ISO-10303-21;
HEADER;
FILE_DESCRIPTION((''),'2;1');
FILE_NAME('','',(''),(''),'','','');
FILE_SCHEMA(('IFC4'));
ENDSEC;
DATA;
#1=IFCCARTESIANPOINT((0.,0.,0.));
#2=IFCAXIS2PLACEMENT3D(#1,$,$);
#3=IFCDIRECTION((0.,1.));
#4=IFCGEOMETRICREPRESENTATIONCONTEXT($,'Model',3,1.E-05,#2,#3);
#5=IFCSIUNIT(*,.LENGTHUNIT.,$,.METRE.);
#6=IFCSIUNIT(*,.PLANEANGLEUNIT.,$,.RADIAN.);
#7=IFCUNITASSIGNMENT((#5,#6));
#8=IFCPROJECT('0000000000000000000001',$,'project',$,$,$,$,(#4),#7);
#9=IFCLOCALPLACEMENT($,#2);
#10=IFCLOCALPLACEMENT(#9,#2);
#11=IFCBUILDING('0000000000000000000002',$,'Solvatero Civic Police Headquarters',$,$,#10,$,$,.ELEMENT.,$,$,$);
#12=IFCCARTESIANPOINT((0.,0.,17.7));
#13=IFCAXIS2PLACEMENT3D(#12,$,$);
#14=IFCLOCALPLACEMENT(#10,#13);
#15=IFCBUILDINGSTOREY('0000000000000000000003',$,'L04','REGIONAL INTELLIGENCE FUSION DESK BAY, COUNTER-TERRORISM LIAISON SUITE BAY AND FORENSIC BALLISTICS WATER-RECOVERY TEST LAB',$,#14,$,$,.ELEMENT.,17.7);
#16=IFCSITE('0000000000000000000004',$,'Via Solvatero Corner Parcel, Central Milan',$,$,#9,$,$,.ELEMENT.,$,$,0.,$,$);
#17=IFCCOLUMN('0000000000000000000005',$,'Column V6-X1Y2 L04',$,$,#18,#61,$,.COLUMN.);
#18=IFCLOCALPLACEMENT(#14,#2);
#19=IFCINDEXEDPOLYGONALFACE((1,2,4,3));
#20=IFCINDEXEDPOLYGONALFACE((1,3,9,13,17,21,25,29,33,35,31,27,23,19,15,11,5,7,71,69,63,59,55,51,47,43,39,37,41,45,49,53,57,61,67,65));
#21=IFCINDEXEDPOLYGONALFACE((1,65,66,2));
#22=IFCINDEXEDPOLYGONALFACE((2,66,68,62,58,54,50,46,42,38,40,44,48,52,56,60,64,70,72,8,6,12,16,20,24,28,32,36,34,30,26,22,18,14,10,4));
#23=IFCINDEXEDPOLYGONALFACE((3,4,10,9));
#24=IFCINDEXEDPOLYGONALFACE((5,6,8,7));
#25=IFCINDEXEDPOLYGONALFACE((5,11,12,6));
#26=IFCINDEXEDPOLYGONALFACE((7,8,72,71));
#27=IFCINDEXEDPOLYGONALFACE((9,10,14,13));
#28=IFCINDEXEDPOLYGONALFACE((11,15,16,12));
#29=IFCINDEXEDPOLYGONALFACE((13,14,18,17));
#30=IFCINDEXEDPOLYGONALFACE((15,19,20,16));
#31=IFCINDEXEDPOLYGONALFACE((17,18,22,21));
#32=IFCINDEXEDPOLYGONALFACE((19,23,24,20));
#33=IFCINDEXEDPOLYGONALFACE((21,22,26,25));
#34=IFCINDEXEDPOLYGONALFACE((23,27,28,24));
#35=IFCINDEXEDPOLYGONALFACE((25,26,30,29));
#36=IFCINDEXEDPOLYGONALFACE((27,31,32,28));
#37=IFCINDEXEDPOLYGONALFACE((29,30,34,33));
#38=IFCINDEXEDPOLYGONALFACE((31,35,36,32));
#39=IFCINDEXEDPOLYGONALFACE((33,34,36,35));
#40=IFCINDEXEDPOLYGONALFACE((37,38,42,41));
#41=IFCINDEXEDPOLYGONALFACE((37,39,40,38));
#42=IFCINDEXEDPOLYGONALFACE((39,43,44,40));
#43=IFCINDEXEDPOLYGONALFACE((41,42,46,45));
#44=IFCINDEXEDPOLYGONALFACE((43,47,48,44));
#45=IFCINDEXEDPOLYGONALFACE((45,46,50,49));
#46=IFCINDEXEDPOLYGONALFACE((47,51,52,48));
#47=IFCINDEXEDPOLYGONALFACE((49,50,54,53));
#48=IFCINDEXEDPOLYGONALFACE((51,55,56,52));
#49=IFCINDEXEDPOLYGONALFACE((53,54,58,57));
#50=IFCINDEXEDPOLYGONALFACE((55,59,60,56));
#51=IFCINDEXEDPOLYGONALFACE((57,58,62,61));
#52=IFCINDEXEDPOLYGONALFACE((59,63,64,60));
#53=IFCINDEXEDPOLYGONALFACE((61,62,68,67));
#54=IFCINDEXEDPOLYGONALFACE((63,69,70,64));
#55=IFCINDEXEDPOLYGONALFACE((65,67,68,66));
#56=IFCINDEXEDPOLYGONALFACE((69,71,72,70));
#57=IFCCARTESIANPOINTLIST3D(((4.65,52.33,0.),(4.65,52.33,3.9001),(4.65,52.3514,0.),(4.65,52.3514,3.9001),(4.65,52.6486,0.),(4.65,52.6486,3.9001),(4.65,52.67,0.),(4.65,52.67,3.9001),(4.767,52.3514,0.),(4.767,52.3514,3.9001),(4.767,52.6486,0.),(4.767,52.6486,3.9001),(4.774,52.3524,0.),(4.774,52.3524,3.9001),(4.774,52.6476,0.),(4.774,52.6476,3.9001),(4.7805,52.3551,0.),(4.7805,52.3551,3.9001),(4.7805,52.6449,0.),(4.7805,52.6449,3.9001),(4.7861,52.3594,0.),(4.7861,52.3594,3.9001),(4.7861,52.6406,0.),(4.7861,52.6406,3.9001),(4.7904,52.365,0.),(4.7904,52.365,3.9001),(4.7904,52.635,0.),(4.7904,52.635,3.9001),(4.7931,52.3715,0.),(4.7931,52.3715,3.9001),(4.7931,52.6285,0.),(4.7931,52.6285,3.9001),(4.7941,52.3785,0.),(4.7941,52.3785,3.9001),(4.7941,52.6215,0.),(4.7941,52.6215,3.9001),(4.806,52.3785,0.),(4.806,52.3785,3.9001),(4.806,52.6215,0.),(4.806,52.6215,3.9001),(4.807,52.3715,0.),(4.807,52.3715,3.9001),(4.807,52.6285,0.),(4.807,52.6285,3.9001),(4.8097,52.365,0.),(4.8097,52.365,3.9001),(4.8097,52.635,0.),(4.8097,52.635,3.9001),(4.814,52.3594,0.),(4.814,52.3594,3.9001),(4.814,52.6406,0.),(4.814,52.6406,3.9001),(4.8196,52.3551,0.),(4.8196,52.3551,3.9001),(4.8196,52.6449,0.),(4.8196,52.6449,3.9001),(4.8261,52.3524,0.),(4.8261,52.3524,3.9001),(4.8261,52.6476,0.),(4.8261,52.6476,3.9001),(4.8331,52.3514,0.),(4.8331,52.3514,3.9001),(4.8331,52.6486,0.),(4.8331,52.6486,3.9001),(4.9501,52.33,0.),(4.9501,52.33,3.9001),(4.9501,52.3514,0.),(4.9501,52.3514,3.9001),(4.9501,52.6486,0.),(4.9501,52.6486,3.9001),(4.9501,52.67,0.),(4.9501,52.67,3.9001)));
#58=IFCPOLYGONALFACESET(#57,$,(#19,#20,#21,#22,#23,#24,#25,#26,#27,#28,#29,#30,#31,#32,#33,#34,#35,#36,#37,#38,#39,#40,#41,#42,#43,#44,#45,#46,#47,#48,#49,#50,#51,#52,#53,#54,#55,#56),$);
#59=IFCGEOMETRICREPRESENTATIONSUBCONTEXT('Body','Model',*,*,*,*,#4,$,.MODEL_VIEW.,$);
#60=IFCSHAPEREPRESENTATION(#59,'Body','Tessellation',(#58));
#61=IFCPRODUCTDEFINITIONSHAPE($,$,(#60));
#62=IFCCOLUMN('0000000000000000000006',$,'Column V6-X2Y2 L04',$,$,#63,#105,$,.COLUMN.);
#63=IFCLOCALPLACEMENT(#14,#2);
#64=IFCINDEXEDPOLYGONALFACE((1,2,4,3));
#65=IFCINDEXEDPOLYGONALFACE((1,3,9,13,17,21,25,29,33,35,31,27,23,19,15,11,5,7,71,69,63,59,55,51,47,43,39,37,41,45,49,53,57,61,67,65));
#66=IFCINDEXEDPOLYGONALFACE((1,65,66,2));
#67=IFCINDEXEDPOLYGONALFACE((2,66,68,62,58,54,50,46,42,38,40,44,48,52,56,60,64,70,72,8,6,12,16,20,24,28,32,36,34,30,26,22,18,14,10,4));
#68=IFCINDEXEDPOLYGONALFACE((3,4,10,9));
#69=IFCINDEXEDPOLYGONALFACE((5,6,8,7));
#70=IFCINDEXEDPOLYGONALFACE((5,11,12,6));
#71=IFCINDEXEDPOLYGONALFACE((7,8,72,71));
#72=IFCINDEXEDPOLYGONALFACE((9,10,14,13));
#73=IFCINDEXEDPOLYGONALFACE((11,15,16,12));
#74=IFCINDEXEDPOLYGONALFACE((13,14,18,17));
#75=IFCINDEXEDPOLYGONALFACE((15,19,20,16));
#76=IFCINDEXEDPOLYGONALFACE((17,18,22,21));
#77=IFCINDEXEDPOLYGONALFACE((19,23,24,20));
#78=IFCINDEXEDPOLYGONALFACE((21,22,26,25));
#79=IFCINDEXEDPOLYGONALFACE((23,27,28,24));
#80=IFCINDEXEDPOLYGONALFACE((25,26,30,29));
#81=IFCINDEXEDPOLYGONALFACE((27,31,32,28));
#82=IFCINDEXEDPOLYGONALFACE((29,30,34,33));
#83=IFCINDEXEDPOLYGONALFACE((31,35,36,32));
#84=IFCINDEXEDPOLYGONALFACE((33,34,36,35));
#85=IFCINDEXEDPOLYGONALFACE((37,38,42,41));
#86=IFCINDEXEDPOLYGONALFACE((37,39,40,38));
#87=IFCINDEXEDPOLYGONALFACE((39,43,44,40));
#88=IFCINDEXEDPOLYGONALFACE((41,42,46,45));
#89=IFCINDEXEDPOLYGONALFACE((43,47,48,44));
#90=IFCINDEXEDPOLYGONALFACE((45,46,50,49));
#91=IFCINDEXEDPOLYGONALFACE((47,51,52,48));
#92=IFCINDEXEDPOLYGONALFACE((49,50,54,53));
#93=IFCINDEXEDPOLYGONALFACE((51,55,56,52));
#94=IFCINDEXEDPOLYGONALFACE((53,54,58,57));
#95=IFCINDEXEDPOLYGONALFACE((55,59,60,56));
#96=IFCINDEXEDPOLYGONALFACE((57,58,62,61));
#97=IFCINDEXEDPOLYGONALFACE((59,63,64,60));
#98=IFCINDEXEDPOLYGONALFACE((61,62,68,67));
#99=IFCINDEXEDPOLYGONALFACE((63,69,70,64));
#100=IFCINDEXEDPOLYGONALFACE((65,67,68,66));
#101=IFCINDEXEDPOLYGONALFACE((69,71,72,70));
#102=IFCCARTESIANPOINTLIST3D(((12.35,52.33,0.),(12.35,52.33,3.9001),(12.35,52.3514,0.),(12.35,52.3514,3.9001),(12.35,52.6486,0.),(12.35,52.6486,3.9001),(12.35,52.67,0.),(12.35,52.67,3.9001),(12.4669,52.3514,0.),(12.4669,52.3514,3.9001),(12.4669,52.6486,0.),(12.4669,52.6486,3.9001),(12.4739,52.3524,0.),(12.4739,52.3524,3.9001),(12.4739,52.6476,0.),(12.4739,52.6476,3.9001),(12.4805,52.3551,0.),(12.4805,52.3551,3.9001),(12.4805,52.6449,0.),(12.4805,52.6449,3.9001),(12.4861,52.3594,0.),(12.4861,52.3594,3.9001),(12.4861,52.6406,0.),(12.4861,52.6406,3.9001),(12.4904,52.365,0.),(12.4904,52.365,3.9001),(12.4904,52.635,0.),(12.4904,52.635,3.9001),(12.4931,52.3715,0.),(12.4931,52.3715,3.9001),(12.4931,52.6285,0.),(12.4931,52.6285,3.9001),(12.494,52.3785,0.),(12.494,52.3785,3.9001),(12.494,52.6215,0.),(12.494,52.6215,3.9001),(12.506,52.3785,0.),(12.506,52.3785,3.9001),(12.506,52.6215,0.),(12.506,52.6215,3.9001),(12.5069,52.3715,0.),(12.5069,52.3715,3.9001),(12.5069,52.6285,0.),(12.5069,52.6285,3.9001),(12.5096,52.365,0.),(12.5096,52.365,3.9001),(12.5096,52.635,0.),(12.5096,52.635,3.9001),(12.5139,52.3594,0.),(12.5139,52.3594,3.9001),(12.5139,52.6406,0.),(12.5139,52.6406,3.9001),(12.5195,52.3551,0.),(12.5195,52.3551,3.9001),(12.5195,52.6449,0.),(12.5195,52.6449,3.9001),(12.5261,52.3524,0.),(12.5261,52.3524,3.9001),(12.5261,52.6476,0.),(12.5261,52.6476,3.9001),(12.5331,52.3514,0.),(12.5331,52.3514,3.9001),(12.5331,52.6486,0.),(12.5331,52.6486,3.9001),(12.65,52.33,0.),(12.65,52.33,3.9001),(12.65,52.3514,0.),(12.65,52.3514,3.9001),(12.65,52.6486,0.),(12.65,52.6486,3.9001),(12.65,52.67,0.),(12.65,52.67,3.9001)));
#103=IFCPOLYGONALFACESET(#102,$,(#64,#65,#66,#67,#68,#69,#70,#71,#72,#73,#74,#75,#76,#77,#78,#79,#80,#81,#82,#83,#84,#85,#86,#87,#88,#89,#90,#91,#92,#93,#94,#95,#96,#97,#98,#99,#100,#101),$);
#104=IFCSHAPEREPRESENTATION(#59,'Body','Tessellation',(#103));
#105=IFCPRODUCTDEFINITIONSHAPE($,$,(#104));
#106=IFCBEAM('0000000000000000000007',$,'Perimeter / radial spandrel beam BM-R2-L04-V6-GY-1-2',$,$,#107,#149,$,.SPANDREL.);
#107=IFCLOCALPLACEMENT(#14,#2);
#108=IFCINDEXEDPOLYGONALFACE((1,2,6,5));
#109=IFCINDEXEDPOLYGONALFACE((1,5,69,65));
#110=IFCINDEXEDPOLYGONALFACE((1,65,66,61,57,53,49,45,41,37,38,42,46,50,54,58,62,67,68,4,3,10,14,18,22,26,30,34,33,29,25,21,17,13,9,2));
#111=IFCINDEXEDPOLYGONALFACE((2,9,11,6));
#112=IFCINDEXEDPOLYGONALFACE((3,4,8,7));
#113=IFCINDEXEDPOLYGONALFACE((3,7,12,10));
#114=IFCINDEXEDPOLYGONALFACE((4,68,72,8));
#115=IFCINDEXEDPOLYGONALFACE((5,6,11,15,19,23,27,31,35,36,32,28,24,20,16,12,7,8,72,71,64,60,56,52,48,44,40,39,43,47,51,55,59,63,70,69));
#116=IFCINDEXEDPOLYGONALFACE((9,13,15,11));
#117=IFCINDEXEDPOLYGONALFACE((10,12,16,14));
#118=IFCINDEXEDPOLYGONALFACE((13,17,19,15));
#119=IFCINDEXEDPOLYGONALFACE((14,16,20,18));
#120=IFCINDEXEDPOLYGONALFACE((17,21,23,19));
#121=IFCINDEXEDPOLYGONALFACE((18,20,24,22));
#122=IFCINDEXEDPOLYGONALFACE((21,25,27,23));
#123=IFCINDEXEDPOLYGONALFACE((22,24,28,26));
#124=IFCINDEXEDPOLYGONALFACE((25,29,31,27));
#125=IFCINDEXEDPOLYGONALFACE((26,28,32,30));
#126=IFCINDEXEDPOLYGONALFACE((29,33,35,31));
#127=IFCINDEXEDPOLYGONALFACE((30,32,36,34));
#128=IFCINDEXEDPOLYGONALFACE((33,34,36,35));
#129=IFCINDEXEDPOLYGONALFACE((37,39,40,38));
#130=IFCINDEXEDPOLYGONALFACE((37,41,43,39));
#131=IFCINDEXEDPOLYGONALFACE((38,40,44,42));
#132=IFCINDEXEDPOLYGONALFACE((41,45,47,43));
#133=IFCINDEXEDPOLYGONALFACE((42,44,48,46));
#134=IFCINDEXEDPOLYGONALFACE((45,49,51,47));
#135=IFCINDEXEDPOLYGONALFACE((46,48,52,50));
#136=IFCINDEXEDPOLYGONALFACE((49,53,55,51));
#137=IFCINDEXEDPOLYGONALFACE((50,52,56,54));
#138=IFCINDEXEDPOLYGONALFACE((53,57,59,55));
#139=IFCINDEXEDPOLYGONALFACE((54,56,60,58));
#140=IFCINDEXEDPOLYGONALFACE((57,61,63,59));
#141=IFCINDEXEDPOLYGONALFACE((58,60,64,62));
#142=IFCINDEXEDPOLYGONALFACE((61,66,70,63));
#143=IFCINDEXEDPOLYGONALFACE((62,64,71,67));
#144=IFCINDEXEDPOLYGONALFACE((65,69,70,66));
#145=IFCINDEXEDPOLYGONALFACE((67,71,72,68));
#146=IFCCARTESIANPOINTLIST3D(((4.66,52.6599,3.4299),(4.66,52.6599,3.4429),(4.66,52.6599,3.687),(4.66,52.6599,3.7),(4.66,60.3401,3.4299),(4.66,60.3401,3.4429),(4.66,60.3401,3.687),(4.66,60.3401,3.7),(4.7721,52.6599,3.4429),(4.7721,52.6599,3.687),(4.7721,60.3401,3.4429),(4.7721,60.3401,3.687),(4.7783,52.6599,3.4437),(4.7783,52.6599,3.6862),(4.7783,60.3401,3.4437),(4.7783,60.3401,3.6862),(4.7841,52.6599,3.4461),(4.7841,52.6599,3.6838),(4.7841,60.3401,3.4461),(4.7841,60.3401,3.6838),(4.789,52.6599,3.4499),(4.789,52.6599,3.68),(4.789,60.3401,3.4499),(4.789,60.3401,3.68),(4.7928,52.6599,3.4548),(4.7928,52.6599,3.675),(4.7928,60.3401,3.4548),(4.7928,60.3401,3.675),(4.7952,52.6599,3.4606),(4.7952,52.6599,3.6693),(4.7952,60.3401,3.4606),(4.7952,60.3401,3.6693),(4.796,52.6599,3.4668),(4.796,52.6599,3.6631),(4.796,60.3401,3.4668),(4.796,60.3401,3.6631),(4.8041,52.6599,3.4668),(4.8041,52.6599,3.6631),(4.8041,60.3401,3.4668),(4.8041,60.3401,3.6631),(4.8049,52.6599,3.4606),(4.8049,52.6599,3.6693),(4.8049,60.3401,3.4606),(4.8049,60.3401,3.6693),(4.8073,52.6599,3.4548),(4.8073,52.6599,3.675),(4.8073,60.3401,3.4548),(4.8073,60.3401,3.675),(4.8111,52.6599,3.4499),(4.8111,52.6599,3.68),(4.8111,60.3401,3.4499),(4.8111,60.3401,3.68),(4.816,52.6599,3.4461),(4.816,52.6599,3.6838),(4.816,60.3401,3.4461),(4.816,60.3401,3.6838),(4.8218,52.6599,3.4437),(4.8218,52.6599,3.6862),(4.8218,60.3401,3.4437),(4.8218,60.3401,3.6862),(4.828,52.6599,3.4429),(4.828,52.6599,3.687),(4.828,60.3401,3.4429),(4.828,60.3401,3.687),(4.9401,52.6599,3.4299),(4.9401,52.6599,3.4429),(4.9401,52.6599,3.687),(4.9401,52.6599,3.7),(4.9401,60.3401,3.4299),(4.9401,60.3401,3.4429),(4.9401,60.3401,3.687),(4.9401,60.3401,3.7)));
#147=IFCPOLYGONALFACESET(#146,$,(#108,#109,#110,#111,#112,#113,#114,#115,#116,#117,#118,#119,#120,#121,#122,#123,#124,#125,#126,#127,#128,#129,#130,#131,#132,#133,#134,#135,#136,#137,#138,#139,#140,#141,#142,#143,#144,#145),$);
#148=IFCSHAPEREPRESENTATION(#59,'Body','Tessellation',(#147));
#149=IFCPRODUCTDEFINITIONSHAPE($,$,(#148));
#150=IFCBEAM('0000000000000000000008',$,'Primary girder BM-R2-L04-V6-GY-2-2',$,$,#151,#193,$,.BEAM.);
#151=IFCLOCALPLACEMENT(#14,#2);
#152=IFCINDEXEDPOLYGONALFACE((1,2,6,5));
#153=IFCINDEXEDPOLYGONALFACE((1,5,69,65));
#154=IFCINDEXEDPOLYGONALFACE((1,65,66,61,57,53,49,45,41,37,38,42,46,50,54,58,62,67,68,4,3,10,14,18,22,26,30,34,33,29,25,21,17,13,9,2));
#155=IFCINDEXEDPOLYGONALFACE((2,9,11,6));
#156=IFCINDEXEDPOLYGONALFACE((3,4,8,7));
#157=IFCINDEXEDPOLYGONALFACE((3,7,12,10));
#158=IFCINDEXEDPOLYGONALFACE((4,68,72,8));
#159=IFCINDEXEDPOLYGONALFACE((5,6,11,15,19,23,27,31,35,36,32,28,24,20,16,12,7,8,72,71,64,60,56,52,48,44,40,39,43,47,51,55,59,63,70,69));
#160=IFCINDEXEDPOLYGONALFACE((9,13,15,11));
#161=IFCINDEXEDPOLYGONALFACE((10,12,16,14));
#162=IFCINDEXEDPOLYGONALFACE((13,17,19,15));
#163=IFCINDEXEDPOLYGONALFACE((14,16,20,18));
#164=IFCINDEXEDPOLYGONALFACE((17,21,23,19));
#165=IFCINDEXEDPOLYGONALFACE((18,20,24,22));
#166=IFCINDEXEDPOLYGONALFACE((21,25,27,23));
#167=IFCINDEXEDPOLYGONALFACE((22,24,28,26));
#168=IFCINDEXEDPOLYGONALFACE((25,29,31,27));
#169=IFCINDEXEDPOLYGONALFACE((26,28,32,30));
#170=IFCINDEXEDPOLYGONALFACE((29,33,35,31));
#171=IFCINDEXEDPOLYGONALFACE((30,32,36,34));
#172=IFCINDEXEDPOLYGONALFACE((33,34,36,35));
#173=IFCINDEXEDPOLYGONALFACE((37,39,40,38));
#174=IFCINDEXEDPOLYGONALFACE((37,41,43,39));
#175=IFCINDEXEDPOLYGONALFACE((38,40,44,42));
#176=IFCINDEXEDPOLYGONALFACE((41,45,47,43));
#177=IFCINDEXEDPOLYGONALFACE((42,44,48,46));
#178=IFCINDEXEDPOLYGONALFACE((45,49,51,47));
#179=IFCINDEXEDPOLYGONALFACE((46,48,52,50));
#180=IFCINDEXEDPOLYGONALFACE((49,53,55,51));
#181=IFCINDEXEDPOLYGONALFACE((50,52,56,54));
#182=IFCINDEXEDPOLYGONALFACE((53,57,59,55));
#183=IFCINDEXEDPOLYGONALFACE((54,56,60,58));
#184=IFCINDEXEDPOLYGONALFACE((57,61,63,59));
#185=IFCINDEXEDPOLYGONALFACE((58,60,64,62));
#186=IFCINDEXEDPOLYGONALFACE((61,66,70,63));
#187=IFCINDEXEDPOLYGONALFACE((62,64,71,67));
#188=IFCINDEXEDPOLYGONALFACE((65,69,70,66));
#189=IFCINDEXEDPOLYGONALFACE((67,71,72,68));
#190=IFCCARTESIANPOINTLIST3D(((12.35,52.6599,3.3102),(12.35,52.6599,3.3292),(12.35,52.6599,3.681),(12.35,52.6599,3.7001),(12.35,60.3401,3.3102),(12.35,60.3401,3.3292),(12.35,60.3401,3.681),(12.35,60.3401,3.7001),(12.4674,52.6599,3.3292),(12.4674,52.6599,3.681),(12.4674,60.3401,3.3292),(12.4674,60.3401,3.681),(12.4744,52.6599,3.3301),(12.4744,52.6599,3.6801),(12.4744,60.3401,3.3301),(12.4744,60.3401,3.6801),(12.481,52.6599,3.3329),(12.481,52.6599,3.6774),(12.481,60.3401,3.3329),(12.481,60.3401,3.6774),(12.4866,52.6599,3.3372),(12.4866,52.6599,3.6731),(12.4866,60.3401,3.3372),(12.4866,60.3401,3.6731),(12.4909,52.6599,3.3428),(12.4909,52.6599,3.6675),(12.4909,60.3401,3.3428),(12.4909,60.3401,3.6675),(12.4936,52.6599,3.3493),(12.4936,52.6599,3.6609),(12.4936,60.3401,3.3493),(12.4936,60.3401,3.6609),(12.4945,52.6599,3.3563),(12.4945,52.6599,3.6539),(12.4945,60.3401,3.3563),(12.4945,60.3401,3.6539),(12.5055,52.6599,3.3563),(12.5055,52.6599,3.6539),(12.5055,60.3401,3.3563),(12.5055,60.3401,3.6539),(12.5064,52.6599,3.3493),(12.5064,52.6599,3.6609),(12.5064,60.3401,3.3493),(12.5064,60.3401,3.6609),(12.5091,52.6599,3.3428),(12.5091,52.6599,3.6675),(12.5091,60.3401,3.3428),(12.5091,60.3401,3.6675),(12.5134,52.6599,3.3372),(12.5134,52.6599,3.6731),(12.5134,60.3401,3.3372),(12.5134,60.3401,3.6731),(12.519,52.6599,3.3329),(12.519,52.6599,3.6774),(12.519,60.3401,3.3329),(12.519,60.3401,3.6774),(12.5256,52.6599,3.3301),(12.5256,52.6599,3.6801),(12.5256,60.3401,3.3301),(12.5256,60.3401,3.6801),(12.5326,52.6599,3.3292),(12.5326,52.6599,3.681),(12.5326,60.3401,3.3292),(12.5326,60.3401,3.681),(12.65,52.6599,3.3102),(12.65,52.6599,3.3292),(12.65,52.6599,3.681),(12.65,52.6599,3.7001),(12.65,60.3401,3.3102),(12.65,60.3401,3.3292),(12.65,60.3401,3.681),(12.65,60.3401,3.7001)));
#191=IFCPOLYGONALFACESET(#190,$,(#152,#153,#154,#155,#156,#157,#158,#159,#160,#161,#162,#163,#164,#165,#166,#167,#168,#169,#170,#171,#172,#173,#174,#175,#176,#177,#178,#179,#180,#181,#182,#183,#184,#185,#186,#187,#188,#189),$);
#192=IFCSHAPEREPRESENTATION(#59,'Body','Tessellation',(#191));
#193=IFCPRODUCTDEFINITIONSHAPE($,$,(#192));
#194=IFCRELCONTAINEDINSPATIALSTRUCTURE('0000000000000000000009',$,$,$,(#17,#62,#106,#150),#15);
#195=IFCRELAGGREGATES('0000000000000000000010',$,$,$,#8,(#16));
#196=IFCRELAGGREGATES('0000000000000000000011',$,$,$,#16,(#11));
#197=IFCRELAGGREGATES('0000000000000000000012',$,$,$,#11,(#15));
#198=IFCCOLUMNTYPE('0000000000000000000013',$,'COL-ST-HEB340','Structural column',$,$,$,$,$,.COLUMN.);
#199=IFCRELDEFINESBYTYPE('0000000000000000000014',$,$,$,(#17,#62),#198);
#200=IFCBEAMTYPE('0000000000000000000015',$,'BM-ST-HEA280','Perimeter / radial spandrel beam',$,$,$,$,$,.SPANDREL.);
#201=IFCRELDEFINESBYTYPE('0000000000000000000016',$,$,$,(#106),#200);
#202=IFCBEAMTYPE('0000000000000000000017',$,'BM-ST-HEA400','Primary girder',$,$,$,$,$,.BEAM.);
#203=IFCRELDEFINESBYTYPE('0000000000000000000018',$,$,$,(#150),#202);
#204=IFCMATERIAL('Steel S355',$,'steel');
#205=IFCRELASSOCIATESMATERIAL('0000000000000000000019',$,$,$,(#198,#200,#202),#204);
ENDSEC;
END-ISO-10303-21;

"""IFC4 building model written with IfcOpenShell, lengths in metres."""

from ifc_helpers import new_model, si_unit, direction, frame, origin, origin_2d, place, context, subcontext, project, spatial, i_section, extrude, material, material_profile, profile_set, type_object, element, save


model = new_model("IFC4")

# Units and contexts
model_context = context("Model", 3, precision=1e-05, world=origin(), true_north=direction((0.0, 1.0)))
body_context = subcontext(model_context, "Body", "Model", "MODEL_VIEW")
ifc_project = project(units=[si_unit("LENGTHUNIT", "METRE"), si_unit("PLANEANGLEUNIT", "RADIAN")], contexts=[model_context])

# Site, building, storey
site_placement = place(None, origin())
site = spatial("IfcSite", under=ifc_project, at=site_placement, Name="Via Solvatero Corner Parcel, Central Milan", CompositionType="ELEMENT", RefElevation=0.0)
building_placement = place(site_placement, origin())
building = spatial("IfcBuilding", under=site, at=building_placement, Name="Solvatero Civic Police Headquarters", CompositionType="ELEMENT")
storey_placement = place(building_placement, frame((0.0, 0.0, 17.7)))
storey = spatial("IfcBuildingStorey", under=building, at=storey_placement, Name="L04", Description="REGIONAL INTELLIGENCE FUSION DESK BAY, COUNTER-TERRORISM LIAISON SUITE BAY AND FORENSIC BALLISTICS WATER-RECOVERY TEST LAB", CompositionType="ELEMENT", Elevation=17.7)

# Columns
ifc_material = material(Name="Steel S355", Category="steel")
ifc_material_profile_1 = material_profile(ifc_material, i_section(OverallWidth=0.3, OverallDepth=0.3401, WebThickness=0.012, FlangeThickness=0.0215, FilletRadius=0.0271, at=origin_2d()), Name="HEB 340")
ifc_profile_set_1 = profile_set([ifc_material_profile_1], Name="Steel S355")
column_type = type_object("IfcColumnType", Name="COL-ST-HEB340", Description="Structural column", PredefinedType="COLUMN", material=ifc_profile_set_1)
for number, where, z_axis, x_axis, name in (
    (1, (4.8, 52.5, 0.0), (0.0, 0.0, 1.0), (1.0, 0.0, 0.0), "Column V6-X1Y2 L04"),
    (2, (12.5, 52.5, 0.0), (0.0, 0.0, 1.0), (1.0, 0.0, 0.0), "Column V6-X2Y2 L04"),
):
    element("IfcColumn", number, at=place(storey_placement, frame(where, z_axis=z_axis, x_axis=x_axis)), inside=storey, type_object=column_type, Name=name, PredefinedType="COLUMN", context=body_context, shape_type="SweptSolid", body=[
        extrude(i_section(OverallWidth=0.3, OverallDepth=0.3401, WebThickness=0.012, FlangeThickness=0.0215, FilletRadius=0.0271, at=origin_2d()), origin(), (0.0, 0.0, 1.0), 3.9001),
    ])

# Beams
ifc_material_profile_2 = material_profile(ifc_material, i_section(OverallWidth=0.28, OverallDepth=0.27, WebThickness=0.0081, FlangeThickness=0.0129, FilletRadius=0.0239, at=origin_2d()), Name="HEA 280")
ifc_profile_set_2 = profile_set([ifc_material_profile_2], Name="Steel S355")
beam_type_1 = type_object("IfcBeamType", Name="BM-ST-HEA280", Description="Perimeter / radial spandrel beam", PredefinedType="SPANDREL", material=ifc_profile_set_2)
beam_1_placement = place(storey_placement, frame((4.8, 52.6599, 3.5649), z_axis=(0.0, 1.0, 0.0), x_axis=(-1.0, 0.0, 0.0)))
element("IfcBeam", 3, at=beam_1_placement, inside=storey, type_object=beam_type_1, Name="Perimeter / radial spandrel beam BM-R2-L04-V6-GY-1-2", PredefinedType="SPANDREL", context=body_context, shape_type="SweptSolid", body=[
    extrude(i_section(OverallWidth=0.28, OverallDepth=0.27, WebThickness=0.0081, FlangeThickness=0.0129, FilletRadius=0.0239, at=origin_2d()), origin(), (0.0, 0.0, 1.0), 7.6802),
])
ifc_material_profile_3 = material_profile(ifc_material, i_section(OverallWidth=0.3, OverallDepth=0.3899, WebThickness=0.011, FlangeThickness=0.019, FilletRadius=0.0271, at=origin_2d()), Name="HEA 400")
ifc_profile_set_3 = profile_set([ifc_material_profile_3], Name="Steel S355")
beam_type_2 = type_object("IfcBeamType", Name="BM-ST-HEA400", Description="Primary girder", PredefinedType="BEAM", material=ifc_profile_set_3)
for number, where, z_axis, x_axis, name in (
    (4, (12.5, 52.6599, 3.5051), (0.0, 1.0, 0.0), (-1.0, 0.0, 0.0), "Primary girder BM-R2-L04-V6-GY-2-2"),
):
    element("IfcBeam", number, at=place(storey_placement, frame(where, z_axis=z_axis, x_axis=x_axis)), inside=storey, type_object=beam_type_2, Name=name, PredefinedType="BEAM", context=body_context, shape_type="SweptSolid", body=[
        extrude(i_section(OverallWidth=0.3, OverallDepth=0.3899, WebThickness=0.011, FlangeThickness=0.019, FilletRadius=0.0271, at=origin_2d()), origin(), (0.0, 0.0, 1.0), 7.6802),
    ])

save(model, "model.ifc")
